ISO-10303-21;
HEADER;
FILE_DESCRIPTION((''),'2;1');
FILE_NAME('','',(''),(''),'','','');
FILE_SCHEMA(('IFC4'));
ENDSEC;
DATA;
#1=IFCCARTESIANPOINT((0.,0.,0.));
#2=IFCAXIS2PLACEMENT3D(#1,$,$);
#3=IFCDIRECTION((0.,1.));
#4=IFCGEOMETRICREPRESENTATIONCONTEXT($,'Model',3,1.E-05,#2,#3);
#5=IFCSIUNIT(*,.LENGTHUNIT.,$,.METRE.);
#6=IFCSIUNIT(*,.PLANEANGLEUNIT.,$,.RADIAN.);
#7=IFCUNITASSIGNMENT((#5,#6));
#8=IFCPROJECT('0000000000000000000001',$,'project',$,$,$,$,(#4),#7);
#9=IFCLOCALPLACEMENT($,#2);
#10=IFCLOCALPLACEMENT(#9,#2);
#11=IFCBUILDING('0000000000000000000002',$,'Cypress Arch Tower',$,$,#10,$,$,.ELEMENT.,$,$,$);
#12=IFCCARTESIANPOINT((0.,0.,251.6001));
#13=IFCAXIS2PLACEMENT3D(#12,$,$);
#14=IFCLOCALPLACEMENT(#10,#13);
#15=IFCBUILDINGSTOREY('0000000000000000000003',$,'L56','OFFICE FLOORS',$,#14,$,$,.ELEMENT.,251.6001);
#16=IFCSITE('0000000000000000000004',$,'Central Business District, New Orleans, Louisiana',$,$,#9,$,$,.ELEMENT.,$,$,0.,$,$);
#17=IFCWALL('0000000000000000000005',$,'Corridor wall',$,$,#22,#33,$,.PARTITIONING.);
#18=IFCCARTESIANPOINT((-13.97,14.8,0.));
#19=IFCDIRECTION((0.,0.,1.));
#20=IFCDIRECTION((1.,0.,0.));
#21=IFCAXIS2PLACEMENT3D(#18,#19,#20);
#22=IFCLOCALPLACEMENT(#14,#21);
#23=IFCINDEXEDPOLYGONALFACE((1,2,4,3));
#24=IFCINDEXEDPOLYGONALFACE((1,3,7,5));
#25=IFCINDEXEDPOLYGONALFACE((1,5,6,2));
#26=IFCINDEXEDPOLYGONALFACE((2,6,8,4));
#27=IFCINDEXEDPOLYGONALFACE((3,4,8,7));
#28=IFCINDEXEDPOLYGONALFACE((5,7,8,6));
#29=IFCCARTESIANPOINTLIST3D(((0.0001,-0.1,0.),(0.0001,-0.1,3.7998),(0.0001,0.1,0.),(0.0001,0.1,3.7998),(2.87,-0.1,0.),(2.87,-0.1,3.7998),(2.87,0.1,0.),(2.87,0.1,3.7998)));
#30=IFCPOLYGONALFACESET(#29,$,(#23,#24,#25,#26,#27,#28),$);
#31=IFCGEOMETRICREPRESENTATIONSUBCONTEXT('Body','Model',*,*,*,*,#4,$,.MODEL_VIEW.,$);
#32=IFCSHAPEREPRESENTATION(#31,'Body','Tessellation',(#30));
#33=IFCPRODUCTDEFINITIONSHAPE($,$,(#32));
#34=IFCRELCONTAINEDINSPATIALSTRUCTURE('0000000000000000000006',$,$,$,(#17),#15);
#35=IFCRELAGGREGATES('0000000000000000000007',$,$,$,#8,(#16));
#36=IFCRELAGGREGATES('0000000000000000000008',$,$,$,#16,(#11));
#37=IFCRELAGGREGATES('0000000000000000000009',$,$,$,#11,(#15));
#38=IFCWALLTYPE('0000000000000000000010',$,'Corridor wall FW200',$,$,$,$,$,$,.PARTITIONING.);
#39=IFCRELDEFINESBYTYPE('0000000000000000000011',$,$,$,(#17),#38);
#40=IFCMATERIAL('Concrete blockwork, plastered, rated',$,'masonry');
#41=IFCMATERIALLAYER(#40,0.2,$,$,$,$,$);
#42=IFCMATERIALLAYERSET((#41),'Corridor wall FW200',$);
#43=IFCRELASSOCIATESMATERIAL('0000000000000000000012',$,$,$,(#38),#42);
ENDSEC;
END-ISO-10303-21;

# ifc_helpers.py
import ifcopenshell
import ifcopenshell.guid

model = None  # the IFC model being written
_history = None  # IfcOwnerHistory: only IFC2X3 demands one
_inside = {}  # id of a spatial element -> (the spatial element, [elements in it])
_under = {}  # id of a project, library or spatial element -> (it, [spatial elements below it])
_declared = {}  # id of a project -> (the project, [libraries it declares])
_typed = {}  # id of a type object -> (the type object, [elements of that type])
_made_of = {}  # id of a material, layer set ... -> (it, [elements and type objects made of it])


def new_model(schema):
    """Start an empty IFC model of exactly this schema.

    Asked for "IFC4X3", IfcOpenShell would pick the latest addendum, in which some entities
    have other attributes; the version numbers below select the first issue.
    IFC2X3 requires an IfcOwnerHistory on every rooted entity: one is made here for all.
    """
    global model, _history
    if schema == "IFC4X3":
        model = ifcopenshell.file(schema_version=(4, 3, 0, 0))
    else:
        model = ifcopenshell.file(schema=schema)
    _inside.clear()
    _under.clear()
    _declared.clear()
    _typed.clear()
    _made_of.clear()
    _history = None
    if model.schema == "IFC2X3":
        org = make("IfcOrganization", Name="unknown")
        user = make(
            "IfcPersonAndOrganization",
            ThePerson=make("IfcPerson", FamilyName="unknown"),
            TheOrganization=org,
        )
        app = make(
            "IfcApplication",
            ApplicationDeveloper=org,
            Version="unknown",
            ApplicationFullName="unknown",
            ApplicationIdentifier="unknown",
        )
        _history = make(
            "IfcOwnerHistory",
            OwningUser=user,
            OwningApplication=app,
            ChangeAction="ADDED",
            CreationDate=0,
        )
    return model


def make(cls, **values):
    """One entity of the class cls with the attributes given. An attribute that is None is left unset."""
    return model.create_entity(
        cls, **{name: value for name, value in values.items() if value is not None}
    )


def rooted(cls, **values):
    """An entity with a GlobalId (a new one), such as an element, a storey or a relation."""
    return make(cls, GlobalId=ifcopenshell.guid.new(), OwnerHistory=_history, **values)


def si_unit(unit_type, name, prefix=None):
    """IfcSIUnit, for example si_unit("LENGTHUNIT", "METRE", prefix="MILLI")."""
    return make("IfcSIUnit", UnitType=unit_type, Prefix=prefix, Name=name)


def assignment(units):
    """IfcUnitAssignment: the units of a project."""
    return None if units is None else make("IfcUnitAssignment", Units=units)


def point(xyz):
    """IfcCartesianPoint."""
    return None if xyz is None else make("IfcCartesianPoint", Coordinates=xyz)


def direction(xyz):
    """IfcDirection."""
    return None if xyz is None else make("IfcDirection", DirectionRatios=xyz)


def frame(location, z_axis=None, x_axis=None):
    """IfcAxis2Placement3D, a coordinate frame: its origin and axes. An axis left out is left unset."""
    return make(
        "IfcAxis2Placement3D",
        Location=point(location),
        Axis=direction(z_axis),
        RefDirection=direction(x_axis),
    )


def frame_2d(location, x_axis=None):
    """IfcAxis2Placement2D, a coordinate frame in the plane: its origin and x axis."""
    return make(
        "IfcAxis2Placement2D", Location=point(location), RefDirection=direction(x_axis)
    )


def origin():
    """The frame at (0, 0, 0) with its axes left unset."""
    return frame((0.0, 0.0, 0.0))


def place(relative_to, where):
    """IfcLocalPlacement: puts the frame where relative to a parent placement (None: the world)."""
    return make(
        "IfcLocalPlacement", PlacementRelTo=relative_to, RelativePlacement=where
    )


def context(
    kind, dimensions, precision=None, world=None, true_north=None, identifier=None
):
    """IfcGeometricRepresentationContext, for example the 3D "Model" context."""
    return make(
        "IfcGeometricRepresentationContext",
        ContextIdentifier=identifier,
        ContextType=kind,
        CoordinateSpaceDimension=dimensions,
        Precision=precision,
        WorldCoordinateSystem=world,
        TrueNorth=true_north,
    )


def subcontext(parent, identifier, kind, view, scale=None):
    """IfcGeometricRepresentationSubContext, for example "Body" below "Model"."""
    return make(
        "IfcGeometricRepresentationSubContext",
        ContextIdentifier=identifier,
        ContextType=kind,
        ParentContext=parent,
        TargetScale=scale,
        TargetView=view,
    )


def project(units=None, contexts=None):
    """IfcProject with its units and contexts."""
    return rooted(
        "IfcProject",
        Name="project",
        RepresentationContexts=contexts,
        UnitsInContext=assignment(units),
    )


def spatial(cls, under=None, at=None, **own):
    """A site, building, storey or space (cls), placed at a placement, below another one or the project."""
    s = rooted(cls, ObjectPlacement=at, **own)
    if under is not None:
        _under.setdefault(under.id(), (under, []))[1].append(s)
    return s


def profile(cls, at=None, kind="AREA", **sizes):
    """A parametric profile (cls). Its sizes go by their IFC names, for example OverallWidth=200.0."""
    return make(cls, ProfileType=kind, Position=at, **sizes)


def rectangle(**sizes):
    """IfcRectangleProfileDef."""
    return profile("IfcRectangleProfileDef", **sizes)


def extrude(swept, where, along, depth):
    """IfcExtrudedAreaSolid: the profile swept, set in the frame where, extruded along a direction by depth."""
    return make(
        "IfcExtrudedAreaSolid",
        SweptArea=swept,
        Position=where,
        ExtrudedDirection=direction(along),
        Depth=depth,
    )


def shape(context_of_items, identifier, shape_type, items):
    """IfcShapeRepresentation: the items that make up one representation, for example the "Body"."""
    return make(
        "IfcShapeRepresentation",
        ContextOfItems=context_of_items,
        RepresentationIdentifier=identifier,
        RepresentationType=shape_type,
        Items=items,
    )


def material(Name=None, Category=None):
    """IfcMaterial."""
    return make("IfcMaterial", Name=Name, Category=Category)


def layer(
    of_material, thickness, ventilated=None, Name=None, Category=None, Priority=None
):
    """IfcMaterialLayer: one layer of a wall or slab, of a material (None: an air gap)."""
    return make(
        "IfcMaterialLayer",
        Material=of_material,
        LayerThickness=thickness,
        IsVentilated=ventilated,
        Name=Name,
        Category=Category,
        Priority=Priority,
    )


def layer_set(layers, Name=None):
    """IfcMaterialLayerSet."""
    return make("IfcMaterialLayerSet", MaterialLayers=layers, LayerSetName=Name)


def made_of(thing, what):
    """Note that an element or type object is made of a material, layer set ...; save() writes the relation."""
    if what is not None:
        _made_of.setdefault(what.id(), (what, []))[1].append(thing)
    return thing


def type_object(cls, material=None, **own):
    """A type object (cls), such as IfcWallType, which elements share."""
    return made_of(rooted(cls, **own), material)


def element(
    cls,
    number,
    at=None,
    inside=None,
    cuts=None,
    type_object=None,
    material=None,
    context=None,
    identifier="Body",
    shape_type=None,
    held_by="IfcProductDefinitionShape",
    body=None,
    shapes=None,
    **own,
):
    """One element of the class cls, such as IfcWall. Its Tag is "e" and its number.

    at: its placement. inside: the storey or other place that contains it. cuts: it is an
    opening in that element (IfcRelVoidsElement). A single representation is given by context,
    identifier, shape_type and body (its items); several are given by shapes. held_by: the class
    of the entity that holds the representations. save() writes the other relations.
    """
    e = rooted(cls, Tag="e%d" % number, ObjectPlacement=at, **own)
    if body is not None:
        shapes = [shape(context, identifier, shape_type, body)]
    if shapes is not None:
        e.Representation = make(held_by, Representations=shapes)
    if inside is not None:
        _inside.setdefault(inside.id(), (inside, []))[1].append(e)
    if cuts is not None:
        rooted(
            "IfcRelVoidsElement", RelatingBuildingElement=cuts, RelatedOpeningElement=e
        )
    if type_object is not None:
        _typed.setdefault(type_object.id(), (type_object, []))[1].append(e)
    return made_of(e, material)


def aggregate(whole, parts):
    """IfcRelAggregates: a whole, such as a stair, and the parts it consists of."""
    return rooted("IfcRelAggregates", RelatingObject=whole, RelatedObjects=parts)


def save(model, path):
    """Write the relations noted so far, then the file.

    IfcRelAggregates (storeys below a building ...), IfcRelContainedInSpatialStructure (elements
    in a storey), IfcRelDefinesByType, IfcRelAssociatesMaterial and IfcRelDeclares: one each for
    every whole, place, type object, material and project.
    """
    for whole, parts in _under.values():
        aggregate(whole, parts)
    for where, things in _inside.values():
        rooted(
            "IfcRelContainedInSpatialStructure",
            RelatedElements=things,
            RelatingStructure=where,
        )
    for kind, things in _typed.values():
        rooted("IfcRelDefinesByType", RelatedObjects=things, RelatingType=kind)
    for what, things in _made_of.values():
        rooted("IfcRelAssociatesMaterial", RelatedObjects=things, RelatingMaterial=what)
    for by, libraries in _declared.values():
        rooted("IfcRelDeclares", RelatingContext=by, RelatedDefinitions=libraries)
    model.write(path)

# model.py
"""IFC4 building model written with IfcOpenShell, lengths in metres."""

from ifc_helpers import new_model, si_unit, direction, frame, frame_2d, origin, place, context, subcontext, project, spatial, rectangle, extrude, material, layer, layer_set, type_object, element, save


model = new_model("IFC4")

# Units and contexts
model_context = context("Model", 3, precision=1e-05, world=origin(), true_north=direction((0.0, 1.0)))
body_context = subcontext(model_context, "Body", "Model", "MODEL_VIEW")
ifc_project = project(units=[si_unit("LENGTHUNIT", "METRE"), si_unit("PLANEANGLEUNIT", "RADIAN")], contexts=[model_context])

# Site, building, storey
site_placement = place(None, origin())
site = spatial("IfcSite", under=ifc_project, at=site_placement, Name="Central Business District, New Orleans, Louisiana", CompositionType="ELEMENT", RefElevation=0.0)
building_placement = place(site_placement, origin())
building = spatial("IfcBuilding", under=site, at=building_placement, Name="Cypress Arch Tower", CompositionType="ELEMENT")
storey_placement = place(building_placement, frame((0.0, 0.0, 251.6001)))
storey = spatial("IfcBuildingStorey", under=building, at=storey_placement, Name="L56", Description="OFFICE FLOORS", CompositionType="ELEMENT", Elevation=251.6001)

# Wall
ifc_material_1 = material(Name="Concrete blockwork, plastered, rated", Category="masonry")
ifc_layer_1 = layer(ifc_material_1, 0.2)
ifc_layer_set_1 = layer_set([ifc_layer_1], Name="Corridor wall FW200")
wall_type_1 = type_object("IfcWallType", Name="Corridor wall FW200", PredefinedType="PARTITIONING", material=ifc_layer_set_1)
wall_1_placement = place(storey_placement, frame((-13.97, 14.8, 0.0), z_axis=(0.0, 0.0, 1.0), x_axis=(1.0, 0.0, 0.0)))
element("IfcWall", 1, at=wall_1_placement, inside=storey, type_object=wall_type_1, Name="Corridor wall", PredefinedType="PARTITIONING", context=body_context, shape_type="SweptSolid", body=[
    extrude(rectangle(XDim=2.8699, YDim=0.2, at=frame_2d((1.4351, 0.0))), origin(), (0.0, 0.0, 1.0), 3.7998),
])

save(model, "model.ifc")
